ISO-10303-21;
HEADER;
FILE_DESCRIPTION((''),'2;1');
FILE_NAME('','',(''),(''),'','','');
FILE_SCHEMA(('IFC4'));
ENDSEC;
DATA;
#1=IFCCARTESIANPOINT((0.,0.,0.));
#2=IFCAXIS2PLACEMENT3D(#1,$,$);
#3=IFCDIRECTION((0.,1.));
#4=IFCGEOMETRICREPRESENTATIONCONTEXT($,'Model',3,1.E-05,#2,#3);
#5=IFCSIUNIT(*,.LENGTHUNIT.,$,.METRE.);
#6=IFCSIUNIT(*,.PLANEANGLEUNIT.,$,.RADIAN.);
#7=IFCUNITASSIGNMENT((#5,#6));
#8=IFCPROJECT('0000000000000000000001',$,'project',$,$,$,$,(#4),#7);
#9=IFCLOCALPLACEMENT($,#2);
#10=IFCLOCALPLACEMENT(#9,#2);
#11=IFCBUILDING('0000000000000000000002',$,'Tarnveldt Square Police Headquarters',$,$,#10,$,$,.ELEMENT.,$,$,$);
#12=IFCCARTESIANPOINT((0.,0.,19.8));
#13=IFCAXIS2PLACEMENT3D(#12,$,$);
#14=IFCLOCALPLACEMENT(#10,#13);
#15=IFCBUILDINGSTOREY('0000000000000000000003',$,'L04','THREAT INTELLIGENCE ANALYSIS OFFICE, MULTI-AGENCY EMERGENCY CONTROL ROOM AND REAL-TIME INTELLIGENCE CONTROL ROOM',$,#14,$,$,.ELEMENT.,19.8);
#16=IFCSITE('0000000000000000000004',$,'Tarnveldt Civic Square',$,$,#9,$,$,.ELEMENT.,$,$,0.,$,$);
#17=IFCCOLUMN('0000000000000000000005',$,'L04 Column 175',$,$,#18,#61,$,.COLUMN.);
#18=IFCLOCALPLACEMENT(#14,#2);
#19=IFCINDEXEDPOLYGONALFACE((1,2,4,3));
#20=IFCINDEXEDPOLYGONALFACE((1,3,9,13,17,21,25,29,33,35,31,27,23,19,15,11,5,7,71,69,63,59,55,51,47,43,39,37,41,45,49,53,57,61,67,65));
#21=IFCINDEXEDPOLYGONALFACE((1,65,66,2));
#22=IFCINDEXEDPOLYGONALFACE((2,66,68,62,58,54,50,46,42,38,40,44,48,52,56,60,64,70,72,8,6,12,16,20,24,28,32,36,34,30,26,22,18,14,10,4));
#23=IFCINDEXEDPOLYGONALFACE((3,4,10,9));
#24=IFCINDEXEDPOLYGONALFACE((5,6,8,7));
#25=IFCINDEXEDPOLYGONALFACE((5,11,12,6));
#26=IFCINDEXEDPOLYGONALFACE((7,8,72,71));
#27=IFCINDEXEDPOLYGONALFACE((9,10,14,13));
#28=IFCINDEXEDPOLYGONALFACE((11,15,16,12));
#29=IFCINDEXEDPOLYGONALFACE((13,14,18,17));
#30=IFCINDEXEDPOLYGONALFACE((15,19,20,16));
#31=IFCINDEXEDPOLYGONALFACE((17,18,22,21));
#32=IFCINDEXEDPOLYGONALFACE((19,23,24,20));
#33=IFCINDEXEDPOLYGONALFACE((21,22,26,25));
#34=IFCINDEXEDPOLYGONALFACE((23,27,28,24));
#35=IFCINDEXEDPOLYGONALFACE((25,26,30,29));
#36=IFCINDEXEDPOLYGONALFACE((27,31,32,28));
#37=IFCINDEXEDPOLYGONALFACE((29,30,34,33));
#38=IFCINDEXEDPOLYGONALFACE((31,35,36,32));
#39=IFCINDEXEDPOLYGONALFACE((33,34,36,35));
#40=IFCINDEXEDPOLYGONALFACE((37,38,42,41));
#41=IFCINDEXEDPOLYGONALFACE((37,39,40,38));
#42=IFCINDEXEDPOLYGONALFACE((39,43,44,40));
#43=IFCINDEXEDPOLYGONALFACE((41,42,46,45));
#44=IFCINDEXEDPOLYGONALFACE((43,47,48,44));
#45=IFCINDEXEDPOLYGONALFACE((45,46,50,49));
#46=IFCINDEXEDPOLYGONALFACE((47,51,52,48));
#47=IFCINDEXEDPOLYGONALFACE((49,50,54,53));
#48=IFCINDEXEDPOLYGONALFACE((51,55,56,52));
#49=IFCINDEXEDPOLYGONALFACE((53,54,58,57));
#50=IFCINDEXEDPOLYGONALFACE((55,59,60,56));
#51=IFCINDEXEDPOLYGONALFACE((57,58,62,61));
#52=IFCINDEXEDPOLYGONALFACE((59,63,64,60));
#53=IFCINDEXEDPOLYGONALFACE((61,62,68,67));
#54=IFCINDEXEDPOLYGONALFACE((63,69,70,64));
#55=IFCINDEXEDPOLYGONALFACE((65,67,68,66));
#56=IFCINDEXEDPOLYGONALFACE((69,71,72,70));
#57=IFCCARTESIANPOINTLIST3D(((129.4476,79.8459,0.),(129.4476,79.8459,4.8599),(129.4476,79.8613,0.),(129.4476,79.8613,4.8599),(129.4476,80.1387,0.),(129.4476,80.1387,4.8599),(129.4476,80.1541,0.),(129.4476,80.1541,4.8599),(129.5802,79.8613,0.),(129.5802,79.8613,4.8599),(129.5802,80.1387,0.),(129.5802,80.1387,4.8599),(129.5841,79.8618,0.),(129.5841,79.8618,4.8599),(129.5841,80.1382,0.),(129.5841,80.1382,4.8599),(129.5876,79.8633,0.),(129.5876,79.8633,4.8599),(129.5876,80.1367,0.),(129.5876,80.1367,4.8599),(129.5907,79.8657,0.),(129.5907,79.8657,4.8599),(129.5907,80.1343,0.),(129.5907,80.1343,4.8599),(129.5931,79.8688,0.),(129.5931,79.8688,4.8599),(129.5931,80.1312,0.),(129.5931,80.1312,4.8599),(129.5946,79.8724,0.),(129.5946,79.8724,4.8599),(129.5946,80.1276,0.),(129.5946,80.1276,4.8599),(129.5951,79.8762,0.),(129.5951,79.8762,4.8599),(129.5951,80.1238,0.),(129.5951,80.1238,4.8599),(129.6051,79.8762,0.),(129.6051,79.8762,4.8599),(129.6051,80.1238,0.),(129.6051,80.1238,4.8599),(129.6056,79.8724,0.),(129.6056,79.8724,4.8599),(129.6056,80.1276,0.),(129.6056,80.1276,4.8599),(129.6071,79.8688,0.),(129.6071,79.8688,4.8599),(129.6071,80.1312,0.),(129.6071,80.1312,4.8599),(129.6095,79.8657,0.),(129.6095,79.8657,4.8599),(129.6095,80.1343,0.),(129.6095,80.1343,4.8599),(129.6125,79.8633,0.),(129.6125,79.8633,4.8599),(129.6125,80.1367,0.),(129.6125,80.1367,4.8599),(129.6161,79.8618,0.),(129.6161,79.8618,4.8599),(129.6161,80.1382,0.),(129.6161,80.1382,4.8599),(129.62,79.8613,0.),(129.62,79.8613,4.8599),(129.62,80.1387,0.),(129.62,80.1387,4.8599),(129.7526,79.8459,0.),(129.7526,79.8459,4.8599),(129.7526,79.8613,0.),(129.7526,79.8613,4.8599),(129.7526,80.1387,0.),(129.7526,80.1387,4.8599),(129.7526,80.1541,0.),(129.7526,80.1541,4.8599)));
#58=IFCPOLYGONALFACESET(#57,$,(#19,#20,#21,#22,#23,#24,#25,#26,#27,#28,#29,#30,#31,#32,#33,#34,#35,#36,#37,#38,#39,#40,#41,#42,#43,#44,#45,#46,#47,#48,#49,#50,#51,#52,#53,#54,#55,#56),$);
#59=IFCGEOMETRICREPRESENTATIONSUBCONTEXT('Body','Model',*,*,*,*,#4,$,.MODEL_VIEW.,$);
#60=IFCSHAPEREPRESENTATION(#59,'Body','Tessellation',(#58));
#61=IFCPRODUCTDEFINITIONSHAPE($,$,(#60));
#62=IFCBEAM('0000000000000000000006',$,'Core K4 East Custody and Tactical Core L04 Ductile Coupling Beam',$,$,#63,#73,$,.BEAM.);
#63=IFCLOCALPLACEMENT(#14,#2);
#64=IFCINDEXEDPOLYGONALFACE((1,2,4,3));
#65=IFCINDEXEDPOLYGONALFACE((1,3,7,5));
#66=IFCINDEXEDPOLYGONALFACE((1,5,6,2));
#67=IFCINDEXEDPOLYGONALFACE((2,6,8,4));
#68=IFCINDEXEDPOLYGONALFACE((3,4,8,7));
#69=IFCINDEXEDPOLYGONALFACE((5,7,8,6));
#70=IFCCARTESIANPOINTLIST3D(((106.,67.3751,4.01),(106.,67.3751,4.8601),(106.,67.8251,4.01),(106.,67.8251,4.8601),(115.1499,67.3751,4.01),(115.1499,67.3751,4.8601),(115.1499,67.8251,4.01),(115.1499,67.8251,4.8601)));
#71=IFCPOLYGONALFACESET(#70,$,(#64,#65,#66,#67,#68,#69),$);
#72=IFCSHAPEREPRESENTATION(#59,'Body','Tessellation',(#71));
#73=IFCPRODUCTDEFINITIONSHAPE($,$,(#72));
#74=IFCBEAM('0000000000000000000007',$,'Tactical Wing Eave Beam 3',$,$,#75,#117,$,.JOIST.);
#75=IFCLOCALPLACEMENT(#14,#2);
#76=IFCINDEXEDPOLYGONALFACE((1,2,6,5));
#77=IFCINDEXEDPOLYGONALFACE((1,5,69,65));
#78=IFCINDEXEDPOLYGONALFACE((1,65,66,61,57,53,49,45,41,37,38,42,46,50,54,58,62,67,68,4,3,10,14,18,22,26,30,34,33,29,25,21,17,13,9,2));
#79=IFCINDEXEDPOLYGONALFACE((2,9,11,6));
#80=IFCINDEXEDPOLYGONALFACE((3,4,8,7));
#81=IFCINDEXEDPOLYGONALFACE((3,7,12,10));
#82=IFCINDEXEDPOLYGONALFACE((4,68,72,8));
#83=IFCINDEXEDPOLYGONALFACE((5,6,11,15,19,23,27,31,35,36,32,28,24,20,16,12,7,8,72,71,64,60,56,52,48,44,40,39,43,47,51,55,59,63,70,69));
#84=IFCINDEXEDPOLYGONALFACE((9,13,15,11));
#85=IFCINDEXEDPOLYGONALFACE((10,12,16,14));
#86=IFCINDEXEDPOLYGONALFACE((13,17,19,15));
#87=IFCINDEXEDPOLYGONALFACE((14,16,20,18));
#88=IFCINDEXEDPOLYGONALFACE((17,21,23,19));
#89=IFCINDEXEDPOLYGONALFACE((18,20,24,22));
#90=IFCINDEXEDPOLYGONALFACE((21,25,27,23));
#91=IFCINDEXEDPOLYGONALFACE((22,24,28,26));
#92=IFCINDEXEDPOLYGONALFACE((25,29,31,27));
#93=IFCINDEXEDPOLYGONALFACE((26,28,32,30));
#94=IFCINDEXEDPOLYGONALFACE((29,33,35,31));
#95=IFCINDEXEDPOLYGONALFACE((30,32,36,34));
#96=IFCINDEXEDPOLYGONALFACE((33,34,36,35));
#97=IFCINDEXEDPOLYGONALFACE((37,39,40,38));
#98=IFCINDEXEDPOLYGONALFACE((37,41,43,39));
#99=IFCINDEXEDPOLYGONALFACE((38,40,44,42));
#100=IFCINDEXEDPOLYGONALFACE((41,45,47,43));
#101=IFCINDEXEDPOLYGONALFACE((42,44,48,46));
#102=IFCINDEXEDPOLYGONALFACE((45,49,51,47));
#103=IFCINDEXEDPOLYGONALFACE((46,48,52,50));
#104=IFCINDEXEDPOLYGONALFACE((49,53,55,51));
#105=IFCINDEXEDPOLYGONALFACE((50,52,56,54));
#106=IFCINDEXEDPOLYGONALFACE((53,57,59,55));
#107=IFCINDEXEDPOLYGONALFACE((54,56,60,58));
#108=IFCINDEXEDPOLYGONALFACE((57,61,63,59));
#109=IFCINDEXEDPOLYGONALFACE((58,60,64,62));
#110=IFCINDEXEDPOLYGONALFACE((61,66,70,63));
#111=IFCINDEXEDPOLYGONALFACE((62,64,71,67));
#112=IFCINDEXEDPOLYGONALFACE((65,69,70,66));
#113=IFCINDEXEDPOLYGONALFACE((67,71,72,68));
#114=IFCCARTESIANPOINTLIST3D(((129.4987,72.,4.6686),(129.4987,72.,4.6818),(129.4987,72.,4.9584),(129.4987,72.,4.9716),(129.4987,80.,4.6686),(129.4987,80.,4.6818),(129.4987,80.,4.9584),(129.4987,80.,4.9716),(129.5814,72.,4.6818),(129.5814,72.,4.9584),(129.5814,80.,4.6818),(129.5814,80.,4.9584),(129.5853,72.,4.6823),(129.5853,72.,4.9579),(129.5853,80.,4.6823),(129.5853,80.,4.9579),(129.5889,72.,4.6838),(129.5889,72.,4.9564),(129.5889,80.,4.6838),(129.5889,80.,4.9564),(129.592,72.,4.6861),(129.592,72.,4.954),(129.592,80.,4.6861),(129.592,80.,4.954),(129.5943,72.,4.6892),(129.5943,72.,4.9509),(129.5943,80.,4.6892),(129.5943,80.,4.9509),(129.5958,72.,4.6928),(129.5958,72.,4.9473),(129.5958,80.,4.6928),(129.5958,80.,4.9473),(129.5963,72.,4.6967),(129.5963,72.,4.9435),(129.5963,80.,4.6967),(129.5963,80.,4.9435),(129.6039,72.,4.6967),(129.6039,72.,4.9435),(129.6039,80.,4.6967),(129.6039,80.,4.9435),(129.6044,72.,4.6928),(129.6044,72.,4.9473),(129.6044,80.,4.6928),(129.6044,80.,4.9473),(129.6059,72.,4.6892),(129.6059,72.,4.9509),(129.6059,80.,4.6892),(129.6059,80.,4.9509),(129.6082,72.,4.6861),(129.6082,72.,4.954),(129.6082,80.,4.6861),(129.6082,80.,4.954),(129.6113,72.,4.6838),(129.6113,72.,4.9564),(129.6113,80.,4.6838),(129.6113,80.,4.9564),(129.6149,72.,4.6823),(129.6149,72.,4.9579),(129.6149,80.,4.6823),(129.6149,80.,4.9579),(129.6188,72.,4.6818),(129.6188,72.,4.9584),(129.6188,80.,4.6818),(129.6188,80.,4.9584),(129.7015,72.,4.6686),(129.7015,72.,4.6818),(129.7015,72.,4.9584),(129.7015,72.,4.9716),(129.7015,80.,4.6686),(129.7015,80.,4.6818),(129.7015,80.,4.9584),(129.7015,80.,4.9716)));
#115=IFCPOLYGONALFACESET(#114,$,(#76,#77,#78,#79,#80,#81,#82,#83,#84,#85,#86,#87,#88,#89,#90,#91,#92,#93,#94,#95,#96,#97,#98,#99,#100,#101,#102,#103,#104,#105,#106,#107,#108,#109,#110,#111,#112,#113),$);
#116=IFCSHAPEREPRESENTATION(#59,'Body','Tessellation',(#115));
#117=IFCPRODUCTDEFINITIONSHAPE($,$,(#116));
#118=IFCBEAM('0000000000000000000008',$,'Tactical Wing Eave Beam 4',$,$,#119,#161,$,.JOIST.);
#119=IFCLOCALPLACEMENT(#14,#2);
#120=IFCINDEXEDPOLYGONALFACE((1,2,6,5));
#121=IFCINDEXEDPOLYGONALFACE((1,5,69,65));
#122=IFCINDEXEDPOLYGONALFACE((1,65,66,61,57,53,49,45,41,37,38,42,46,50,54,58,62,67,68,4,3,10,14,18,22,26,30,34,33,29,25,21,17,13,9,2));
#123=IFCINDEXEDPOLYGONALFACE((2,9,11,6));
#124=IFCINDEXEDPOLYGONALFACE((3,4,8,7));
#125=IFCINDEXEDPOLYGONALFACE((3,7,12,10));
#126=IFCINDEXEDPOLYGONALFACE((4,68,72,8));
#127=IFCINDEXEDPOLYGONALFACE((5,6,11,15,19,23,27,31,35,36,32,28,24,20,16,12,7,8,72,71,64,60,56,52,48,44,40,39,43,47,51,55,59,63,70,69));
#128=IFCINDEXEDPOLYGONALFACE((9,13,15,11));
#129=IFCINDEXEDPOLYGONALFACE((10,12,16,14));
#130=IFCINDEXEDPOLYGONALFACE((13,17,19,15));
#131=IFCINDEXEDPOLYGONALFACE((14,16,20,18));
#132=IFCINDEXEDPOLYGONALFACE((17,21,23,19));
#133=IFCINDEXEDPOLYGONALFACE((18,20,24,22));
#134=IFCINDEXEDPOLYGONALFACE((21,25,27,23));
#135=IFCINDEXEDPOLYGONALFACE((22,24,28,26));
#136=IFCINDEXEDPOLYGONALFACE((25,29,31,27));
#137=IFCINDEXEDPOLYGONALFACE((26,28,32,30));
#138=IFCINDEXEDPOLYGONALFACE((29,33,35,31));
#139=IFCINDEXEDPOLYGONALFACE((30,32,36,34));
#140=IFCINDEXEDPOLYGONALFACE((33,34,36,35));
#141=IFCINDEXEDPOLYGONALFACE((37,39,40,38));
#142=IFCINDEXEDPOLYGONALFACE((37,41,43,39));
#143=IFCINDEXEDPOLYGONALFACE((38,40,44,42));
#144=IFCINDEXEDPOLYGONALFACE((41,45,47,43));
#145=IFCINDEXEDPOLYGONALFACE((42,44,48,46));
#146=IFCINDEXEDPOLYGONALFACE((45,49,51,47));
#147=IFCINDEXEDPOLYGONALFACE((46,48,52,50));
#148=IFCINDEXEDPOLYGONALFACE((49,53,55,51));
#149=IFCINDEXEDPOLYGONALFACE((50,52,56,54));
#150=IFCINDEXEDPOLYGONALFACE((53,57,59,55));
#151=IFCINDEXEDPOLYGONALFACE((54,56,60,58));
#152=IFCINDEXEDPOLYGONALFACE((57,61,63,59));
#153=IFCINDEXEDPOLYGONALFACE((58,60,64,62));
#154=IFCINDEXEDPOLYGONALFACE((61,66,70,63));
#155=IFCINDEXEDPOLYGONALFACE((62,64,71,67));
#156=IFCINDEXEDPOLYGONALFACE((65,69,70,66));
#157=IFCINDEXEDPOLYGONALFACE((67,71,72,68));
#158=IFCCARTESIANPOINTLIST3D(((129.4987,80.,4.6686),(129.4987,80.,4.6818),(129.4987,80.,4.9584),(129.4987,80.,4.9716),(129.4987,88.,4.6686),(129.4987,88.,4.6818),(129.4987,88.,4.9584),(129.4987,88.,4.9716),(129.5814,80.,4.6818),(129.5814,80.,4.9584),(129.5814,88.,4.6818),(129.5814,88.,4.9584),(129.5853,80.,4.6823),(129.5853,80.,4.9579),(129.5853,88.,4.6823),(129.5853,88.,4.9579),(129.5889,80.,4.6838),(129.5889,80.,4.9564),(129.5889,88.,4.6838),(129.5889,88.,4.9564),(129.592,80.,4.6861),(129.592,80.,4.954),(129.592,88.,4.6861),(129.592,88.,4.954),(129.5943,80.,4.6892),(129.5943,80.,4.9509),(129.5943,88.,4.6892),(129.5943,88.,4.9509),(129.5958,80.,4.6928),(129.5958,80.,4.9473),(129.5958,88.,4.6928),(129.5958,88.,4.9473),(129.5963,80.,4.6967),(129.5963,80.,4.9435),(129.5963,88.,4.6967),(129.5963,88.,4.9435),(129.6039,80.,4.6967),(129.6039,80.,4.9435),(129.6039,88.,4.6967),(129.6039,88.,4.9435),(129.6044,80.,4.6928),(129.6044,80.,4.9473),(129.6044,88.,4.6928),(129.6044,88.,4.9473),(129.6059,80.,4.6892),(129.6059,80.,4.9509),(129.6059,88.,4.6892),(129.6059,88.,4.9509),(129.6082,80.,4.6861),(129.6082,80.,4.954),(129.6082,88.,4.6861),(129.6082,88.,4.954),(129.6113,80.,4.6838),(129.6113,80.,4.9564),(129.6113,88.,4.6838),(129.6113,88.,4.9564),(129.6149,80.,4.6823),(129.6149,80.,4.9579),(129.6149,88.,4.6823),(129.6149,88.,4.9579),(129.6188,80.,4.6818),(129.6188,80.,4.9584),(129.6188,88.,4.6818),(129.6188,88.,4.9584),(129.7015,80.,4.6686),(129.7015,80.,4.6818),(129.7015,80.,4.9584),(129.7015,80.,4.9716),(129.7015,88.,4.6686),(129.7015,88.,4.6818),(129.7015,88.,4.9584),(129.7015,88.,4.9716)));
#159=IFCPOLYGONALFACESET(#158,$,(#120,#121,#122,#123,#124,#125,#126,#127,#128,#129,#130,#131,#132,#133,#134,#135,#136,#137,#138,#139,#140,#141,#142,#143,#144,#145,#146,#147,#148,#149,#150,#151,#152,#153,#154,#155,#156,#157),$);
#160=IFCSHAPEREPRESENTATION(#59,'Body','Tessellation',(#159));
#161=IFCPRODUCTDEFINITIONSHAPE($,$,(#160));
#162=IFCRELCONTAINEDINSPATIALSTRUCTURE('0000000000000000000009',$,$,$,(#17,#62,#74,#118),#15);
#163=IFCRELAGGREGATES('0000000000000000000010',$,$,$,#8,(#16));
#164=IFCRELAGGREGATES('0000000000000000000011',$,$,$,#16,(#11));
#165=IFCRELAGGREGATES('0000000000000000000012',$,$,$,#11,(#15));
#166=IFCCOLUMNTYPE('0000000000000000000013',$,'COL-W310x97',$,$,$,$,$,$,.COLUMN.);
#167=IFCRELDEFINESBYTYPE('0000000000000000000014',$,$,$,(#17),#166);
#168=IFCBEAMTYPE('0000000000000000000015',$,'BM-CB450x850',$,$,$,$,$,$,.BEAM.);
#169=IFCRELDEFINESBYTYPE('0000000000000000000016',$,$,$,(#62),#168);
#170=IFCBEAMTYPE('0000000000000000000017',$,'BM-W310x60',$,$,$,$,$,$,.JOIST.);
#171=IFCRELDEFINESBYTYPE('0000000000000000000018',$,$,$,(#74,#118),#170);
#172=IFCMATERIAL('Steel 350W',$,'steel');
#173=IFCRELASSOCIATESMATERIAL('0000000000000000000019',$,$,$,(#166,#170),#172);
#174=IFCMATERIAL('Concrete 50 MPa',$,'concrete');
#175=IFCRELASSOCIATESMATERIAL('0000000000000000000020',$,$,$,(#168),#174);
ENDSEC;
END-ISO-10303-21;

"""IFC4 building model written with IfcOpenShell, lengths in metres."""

from ifc_helpers import new_model, si_unit, direction, frame, origin, origin_2d, place, context, subcontext, project, spatial, rectangle, i_section, extrude, material, material_profile, profile_set, type_object, element, save


model = new_model("IFC4")

# Units and contexts
model_context = context("Model", 3, precision=1e-05, world=origin(), true_north=direction((0.0, 1.0)))
body_context = subcontext(model_context, "Body", "Model", "MODEL_VIEW")
ifc_project = project(units=[si_unit("LENGTHUNIT", "METRE"), si_unit("PLANEANGLEUNIT", "RADIAN")], contexts=[model_context])

# Site, building, storey
site_placement = place(None, origin())
site = spatial("IfcSite", under=ifc_project, at=site_placement, Name="Tarnveldt Civic Square", CompositionType="ELEMENT", RefElevation=0.0)
building_placement = place(site_placement, origin())
building = spatial("IfcBuilding", under=site, at=building_placement, Name="Tarnveldt Square Police Headquarters", CompositionType="ELEMENT")
storey_placement = place(building_placement, frame((0.0, 0.0, 19.8)))
storey = spatial("IfcBuildingStorey", under=building, at=storey_placement, Name="L04", Description="THREAT INTELLIGENCE ANALYSIS OFFICE, MULTI-AGENCY EMERGENCY CONTROL ROOM AND REAL-TIME INTELLIGENCE CONTROL ROOM", CompositionType="ELEMENT", Elevation=19.8)

# Column
ifc_material_1 = material(Name="Steel 350W", Category="steel")
ifc_material_profile_1 = material_profile(ifc_material_1, i_section(OverallWidth=0.3049, OverallDepth=0.3081, WebThickness=0.01, FlangeThickness=0.0154, FilletRadius=0.0149, at=origin_2d()), Name="W310x97")
ifc_profile_set_1 = profile_set([ifc_material_profile_1], Name="Steel 350W")
column_type_1 = type_object("IfcColumnType", Name="COL-W310x97", PredefinedType="COLUMN", material=ifc_profile_set_1)
for number, where, z_axis, x_axis, name in (
    (1, (129.6001, 80.0, 0.0), (0.0, 0.0, 1.0), (1.0, 0.0, 0.0), "L04 Column 175"),
):
    element("IfcColumn", number, at=place(storey_placement, frame(where, z_axis=z_axis, x_axis=x_axis)), inside=storey, type_object=column_type_1, Name=name, PredefinedType="COLUMN", context=body_context, shape_type="SweptSolid", body=[
        extrude(i_section(OverallWidth=0.3049, OverallDepth=0.3081, WebThickness=0.01, FlangeThickness=0.0154, FilletRadius=0.0149, at=origin_2d()), origin(), (0.0, 0.0, 1.0), 4.8599),
    ])

# Beams
ifc_material_2 = material(Name="Concrete 50 MPa", Category="concrete")
ifc_material_profile_2 = material_profile(ifc_material_2, rectangle(XDim=0.45, YDim=0.8501, at=origin_2d()), Name="RC-CB450x850")
ifc_profile_set_2 = profile_set([ifc_material_profile_2], Name="Concrete 50 MPa")
beam_type_1 = type_object("IfcBeamType", Name="BM-CB450x850", PredefinedType="BEAM", material=ifc_profile_set_2)
beam_placement = place(storey_placement, frame((106.0, 67.6001, 4.4351), z_axis=(1.0, 0.0, 0.0), x_axis=(0.0, 1.0, 0.0)))
element("IfcBeam", 2, at=beam_placement, inside=storey, type_object=beam_type_1, Name="Core K4 East Custody and Tactical Core L04 Ductile Coupling Beam", PredefinedType="BEAM", context=body_context, shape_type="SweptSolid", body=[
    extrude(rectangle(XDim=0.45, YDim=0.8501, at=origin_2d()), origin(), (0.0, 0.0, 1.0), 9.1499),
])
ifc_material_profile_3 = material_profile(ifc_material_1, i_section(OverallWidth=0.2029, OverallDepth=0.303, WebThickness=0.0076, FlangeThickness=0.0132, FilletRadius=0.0149, at=origin_2d()), Name="W310x60")
ifc_profile_set_3 = profile_set([ifc_material_profile_3], Name="Steel 350W")
beam_type_2 = type_object("IfcBeamType", Name="BM-W310x60", PredefinedType="JOIST", material=ifc_profile_set_3)
for number, where, z_axis, x_axis, name in (
    (3, (129.6001, 72.0, 4.8201), (0.0, 1.0, 0.0), (-1.0, 0.0, 0.0), "Tactical Wing Eave Beam 3"),
    (4, (129.6001, 80.0, 4.8201), (0.0, 1.0, 0.0), (-1.0, 0.0, 0.0), "Tactical Wing Eave Beam 4"),
):
    element("IfcBeam", number, at=place(storey_placement, frame(where, z_axis=z_axis, x_axis=x_axis)), inside=storey, type_object=beam_type_2, Name=name, PredefinedType="JOIST", context=body_context, shape_type="SweptSolid", body=[
        extrude(i_section(OverallWidth=0.2029, OverallDepth=0.303, WebThickness=0.0076, FlangeThickness=0.0132, FilletRadius=0.0149, at=origin_2d()), origin(), (0.0, 0.0, 1.0), 8.0),
    ])

save(model, "model.ifc")
